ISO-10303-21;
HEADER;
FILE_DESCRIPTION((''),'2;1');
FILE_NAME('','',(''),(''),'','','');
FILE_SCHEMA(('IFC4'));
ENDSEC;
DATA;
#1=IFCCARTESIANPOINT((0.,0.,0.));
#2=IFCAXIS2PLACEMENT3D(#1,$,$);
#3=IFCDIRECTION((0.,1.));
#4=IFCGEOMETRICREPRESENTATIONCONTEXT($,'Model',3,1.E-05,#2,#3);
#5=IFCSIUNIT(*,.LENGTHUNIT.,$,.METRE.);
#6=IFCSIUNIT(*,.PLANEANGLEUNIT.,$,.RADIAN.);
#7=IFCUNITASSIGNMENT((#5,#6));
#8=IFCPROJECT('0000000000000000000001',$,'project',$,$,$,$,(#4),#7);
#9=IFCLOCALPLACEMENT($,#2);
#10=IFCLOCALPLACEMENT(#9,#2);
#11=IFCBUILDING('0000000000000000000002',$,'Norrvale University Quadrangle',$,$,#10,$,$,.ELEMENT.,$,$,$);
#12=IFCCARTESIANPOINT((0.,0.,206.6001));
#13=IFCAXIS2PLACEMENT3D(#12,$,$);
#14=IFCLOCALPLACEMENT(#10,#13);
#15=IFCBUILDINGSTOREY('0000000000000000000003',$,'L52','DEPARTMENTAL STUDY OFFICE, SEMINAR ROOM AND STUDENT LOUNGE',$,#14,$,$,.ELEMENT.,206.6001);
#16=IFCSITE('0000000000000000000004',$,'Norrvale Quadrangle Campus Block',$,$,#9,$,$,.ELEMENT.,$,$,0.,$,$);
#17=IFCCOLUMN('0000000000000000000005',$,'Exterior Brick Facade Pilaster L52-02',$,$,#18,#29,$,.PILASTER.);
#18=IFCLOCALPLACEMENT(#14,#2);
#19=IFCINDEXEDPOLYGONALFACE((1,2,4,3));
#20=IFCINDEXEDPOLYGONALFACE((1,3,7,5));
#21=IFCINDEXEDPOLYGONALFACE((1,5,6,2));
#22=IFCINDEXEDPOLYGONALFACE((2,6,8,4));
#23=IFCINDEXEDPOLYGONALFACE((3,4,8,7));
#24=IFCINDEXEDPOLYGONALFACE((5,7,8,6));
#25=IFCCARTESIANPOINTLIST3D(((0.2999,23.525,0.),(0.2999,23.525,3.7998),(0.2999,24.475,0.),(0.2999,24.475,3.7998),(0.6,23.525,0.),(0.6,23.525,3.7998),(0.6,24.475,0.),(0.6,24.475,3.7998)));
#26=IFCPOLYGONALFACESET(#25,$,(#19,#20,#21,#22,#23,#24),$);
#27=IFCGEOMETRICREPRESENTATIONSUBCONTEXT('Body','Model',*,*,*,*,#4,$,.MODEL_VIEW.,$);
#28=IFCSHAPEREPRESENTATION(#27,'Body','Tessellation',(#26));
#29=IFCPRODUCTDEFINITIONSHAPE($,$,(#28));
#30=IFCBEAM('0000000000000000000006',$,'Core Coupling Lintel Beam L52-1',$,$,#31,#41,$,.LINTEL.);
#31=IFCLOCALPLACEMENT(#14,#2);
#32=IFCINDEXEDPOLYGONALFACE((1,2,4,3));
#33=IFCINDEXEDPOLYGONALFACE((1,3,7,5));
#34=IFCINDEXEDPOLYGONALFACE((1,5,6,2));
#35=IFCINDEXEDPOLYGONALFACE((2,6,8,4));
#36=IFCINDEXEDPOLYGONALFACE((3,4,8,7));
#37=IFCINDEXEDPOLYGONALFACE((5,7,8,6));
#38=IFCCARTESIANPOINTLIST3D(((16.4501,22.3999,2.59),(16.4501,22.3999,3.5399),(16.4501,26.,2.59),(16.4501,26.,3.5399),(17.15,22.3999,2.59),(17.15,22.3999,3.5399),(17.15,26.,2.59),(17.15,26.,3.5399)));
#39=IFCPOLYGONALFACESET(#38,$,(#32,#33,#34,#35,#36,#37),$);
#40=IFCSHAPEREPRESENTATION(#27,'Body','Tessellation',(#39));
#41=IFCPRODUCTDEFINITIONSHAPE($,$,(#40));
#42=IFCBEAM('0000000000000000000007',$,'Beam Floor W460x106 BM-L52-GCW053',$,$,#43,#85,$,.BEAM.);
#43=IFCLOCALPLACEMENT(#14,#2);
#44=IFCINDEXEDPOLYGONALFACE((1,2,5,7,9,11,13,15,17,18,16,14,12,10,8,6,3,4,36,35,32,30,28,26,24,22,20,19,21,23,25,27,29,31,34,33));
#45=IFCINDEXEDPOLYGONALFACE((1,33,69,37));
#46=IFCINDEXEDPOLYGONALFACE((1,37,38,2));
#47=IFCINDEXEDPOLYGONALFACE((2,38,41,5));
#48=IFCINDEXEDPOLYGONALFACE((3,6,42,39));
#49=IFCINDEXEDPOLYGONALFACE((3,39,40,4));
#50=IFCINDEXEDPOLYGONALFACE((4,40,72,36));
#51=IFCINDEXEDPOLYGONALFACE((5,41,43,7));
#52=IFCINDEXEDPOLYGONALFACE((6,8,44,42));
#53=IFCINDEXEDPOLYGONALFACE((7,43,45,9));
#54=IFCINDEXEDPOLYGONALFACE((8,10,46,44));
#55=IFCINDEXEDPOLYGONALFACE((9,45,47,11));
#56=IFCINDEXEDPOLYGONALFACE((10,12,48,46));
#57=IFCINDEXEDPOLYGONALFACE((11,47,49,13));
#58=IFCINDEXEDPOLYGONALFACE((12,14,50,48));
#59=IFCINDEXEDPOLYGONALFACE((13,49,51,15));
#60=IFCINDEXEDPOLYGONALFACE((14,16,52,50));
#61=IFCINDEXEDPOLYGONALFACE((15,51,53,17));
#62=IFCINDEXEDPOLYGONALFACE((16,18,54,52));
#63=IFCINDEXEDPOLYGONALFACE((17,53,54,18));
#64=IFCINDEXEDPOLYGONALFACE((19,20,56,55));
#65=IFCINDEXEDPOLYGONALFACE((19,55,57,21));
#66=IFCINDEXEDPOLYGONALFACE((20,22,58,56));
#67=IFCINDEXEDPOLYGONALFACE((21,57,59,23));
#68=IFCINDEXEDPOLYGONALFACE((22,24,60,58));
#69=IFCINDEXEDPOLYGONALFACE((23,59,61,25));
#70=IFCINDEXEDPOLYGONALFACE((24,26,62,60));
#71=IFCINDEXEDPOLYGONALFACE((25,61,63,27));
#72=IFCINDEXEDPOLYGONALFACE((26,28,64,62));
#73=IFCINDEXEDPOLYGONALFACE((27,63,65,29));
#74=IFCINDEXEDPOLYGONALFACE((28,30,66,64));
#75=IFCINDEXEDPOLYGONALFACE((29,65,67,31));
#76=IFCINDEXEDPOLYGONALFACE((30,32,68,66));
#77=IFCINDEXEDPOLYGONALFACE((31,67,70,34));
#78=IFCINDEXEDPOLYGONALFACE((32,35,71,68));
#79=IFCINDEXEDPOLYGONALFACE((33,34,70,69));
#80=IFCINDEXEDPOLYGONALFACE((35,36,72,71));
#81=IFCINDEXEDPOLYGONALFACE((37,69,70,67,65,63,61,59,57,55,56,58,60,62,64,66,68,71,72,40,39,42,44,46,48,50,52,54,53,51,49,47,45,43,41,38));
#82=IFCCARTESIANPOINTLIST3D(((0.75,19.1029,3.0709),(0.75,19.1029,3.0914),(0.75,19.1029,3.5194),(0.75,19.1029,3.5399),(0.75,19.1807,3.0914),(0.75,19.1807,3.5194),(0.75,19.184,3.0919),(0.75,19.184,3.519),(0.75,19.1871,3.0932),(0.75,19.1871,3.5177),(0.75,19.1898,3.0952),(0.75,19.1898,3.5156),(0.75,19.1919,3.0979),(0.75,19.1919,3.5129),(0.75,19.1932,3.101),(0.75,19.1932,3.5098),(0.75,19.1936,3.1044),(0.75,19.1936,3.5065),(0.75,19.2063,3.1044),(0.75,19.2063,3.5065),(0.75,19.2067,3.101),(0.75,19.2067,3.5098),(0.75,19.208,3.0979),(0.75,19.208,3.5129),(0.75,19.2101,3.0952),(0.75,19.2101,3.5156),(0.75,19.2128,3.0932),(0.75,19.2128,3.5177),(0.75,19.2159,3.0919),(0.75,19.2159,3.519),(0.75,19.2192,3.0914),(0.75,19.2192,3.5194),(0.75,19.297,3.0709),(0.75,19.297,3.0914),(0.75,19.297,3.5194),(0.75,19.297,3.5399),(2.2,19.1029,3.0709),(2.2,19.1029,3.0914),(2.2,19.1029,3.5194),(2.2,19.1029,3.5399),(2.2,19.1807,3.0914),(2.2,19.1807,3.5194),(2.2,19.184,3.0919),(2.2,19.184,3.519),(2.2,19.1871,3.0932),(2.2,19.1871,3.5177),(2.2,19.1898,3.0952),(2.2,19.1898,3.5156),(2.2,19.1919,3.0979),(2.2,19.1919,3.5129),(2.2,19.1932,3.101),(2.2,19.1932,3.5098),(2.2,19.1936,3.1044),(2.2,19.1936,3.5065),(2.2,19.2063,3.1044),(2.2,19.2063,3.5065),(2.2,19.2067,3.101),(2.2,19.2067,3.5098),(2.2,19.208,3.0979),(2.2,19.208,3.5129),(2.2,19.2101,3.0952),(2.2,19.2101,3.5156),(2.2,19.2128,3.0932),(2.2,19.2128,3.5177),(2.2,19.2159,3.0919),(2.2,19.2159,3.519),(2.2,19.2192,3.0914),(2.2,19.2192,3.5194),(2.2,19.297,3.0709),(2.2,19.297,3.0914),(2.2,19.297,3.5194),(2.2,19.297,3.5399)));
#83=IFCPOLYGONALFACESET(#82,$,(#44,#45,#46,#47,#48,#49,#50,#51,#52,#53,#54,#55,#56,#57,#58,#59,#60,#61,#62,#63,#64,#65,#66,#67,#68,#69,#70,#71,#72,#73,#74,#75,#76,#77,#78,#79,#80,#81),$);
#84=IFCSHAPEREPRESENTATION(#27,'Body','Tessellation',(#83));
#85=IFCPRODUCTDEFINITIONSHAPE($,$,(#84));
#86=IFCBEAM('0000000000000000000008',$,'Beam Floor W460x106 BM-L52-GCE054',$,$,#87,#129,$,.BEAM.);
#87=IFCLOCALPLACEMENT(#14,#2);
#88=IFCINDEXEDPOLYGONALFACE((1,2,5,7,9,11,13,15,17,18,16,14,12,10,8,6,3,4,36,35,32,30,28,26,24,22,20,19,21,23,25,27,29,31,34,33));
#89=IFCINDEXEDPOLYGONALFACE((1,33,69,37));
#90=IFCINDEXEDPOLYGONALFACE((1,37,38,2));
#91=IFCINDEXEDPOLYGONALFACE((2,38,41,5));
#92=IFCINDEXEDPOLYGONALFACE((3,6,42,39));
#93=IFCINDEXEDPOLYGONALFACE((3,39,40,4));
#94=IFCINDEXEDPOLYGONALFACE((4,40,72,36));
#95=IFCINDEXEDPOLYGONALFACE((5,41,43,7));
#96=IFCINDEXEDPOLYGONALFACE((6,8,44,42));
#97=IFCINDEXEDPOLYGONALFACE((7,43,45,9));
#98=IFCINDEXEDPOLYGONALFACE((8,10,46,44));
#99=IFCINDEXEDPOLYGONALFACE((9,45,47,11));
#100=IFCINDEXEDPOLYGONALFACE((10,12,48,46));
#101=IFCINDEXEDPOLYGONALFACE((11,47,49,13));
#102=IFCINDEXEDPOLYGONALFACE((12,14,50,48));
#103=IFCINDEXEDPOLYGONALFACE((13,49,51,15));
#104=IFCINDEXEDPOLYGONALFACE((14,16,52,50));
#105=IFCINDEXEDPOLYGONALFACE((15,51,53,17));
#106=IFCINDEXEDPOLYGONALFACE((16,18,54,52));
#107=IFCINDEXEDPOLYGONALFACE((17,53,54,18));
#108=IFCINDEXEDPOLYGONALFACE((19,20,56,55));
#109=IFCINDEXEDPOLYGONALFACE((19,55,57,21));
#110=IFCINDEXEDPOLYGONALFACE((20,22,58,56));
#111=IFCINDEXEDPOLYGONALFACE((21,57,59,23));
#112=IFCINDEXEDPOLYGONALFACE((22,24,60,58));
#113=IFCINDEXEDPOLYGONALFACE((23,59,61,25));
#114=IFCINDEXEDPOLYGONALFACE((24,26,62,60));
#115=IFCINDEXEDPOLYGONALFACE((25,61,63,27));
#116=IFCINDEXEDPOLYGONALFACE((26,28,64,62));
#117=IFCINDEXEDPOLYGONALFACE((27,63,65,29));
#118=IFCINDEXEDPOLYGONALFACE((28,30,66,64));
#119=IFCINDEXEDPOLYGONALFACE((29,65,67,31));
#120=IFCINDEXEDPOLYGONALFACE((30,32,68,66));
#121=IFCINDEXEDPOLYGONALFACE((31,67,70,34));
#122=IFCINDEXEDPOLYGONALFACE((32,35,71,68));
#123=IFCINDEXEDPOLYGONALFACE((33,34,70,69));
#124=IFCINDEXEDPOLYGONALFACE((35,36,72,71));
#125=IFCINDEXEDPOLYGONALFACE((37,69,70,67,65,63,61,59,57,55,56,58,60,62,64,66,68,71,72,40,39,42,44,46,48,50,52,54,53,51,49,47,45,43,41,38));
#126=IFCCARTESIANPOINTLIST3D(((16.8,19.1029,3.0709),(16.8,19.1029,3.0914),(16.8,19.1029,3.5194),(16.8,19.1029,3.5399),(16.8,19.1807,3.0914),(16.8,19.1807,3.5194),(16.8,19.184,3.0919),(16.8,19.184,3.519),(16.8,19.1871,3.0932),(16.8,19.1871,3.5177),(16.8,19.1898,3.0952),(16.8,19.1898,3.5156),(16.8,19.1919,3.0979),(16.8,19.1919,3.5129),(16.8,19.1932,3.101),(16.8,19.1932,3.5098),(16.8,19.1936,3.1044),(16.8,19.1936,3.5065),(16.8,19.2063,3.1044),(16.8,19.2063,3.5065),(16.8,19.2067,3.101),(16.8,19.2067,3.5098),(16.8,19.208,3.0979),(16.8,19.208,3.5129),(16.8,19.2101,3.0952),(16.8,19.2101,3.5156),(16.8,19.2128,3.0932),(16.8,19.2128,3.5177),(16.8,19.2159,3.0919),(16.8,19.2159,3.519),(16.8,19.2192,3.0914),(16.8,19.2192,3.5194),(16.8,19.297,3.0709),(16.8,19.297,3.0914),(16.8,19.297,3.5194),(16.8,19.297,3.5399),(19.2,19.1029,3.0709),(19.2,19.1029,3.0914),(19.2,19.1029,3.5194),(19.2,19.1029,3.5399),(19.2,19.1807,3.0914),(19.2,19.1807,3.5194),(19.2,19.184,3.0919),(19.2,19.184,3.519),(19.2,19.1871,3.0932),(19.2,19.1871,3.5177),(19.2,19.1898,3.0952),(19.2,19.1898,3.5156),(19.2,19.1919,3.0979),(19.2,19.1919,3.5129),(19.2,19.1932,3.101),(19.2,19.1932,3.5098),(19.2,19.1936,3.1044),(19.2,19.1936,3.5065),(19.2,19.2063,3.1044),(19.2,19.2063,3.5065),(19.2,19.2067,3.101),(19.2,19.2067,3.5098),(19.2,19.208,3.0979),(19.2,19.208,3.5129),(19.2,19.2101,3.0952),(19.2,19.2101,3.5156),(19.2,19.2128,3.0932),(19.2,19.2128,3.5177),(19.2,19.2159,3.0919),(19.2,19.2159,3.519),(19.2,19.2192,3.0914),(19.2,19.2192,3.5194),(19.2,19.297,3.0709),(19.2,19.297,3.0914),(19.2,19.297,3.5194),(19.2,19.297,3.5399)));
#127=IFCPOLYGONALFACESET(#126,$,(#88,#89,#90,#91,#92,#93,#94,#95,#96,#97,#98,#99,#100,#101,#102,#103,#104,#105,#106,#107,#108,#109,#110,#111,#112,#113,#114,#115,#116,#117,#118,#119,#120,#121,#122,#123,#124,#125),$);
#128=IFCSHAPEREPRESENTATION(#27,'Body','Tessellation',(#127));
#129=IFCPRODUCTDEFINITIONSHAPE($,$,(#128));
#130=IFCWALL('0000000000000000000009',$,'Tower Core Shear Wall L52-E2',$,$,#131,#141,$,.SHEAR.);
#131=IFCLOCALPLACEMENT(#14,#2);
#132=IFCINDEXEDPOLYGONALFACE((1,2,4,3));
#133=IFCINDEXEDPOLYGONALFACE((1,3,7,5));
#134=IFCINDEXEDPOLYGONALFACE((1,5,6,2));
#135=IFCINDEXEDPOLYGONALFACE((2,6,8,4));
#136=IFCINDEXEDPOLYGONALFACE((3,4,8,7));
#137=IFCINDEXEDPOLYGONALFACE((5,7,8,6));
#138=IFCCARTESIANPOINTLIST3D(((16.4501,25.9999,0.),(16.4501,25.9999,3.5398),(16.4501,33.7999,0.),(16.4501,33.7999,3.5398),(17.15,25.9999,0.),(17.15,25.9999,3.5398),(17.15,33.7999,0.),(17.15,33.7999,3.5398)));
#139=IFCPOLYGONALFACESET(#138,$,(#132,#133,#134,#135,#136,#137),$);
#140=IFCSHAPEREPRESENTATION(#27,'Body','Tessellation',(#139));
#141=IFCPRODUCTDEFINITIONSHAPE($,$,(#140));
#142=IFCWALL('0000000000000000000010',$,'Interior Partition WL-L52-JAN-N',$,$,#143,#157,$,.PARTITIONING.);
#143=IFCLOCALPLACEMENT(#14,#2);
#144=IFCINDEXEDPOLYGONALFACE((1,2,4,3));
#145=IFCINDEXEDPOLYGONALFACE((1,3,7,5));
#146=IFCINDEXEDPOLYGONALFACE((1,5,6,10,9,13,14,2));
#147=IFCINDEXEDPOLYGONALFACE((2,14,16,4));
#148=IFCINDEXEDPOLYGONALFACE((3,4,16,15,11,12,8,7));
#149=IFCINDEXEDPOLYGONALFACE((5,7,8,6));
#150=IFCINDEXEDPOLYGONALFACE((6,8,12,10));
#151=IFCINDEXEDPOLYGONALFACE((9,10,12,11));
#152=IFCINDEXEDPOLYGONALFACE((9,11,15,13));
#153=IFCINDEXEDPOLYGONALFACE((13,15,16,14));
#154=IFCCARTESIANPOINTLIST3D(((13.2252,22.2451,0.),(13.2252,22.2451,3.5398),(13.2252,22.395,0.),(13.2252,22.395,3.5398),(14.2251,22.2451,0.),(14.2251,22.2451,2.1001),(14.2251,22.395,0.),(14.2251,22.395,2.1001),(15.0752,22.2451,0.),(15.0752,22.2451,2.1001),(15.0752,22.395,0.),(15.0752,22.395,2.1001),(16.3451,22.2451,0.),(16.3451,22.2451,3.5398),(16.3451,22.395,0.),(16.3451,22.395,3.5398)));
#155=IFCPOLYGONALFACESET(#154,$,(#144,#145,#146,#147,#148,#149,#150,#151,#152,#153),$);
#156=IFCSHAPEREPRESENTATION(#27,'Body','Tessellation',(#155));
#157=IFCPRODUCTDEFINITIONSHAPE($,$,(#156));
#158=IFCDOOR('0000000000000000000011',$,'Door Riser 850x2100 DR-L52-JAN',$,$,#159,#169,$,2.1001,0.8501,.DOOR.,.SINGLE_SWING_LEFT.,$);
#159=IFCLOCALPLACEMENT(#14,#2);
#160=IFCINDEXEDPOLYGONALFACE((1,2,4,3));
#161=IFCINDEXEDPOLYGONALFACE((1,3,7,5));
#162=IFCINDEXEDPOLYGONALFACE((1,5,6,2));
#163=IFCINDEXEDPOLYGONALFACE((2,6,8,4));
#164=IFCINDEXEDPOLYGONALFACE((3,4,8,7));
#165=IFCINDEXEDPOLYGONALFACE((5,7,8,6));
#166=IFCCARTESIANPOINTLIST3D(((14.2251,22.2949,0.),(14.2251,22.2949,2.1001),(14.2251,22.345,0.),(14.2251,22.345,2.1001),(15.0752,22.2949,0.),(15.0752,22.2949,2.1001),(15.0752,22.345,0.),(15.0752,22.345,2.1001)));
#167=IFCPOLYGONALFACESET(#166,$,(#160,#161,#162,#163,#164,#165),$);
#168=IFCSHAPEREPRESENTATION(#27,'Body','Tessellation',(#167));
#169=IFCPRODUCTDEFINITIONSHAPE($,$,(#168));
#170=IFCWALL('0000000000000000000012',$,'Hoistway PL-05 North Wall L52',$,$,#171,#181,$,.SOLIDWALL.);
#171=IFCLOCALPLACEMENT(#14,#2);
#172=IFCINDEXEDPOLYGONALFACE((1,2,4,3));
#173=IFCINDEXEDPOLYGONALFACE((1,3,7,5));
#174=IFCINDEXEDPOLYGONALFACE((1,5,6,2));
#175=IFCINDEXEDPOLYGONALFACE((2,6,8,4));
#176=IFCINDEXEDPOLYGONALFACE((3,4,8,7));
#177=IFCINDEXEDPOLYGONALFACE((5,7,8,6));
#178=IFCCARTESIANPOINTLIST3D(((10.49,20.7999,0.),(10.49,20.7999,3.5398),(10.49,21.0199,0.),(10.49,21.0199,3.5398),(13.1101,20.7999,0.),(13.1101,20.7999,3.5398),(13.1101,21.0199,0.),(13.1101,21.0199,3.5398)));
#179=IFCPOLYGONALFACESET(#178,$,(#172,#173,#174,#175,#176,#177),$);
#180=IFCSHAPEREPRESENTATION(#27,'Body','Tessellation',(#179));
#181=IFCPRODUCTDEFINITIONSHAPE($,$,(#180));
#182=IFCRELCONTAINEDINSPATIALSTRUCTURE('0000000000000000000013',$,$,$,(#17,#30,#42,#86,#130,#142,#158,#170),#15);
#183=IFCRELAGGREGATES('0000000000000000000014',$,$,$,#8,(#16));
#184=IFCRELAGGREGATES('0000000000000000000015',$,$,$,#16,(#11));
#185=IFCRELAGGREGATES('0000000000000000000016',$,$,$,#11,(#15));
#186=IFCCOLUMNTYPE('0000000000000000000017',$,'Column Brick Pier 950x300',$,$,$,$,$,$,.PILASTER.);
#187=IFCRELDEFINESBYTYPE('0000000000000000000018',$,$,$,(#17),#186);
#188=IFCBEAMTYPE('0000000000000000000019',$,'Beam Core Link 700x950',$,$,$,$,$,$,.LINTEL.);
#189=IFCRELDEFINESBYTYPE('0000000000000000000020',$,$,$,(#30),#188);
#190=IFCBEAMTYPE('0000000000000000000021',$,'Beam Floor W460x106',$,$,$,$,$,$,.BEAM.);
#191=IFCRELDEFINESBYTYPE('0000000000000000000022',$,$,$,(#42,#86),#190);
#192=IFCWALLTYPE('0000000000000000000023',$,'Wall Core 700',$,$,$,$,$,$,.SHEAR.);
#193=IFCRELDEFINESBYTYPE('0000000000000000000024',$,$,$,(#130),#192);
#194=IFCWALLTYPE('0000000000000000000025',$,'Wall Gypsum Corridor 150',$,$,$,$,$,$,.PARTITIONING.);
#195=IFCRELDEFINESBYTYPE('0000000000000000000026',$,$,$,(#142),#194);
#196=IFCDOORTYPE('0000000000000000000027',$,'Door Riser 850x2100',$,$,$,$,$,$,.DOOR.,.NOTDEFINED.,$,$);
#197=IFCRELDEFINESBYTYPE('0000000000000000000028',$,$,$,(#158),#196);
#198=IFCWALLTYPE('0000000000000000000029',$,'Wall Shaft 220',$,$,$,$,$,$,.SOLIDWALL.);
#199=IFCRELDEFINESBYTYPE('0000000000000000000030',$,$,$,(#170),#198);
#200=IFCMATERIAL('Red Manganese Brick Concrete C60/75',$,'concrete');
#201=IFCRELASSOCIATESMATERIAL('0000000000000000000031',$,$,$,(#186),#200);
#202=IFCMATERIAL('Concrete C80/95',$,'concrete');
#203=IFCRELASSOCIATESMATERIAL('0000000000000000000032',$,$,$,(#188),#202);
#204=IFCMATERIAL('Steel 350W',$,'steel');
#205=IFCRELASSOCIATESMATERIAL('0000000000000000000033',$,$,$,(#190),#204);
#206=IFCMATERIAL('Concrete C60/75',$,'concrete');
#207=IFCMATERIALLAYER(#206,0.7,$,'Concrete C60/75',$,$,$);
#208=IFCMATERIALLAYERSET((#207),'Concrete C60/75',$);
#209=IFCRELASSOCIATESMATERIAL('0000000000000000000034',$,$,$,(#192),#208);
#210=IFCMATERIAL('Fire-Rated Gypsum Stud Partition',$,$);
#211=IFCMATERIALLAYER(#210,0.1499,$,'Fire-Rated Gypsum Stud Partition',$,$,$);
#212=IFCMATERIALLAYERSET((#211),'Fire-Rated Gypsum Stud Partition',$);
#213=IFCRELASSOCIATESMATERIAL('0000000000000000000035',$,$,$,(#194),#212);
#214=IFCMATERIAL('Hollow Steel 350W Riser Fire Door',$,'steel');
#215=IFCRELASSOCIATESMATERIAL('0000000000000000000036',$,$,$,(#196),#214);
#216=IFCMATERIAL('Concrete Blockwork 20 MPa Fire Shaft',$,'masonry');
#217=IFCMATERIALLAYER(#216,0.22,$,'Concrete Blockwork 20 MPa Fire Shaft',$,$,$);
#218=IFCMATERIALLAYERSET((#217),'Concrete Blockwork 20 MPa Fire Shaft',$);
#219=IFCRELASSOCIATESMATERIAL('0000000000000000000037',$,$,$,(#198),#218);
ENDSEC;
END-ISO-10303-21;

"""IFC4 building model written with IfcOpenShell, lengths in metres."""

from ifc_helpers import new_model, si_unit, direction, frame, frame_2d, origin, origin_2d, place, context, subcontext, project, spatial, rectangle, i_section, extrude, material, layer, layer_set, material_profile, profile_set, type_object, element, fill, save


model = new_model("IFC4")

# Units and contexts
model_context = context("Model", 3, precision=1e-05, world=origin(), true_north=direction((0.0, 1.0)))
body_context = subcontext(model_context, "Body", "Model", "MODEL_VIEW")
ifc_project = project(units=[si_unit("LENGTHUNIT", "METRE"), si_unit("PLANEANGLEUNIT", "RADIAN")], contexts=[model_context])

# Site, building, storey
site_placement = place(None, origin())
site = spatial("IfcSite", under=ifc_project, at=site_placement, Name="Norrvale Quadrangle Campus Block", CompositionType="ELEMENT", RefElevation=0.0)
building_placement = place(site_placement, origin())
building = spatial("IfcBuilding", under=site, at=building_placement, Name="Norrvale University Quadrangle", CompositionType="ELEMENT")
storey_placement = place(building_placement, frame((0.0, 0.0, 206.6001)))
storey = spatial("IfcBuildingStorey", under=building, at=storey_placement, Name="L52", Description="DEPARTMENTAL STUDY OFFICE, SEMINAR ROOM AND STUDENT LOUNGE", CompositionType="ELEMENT", Elevation=206.6001)

# Column
ifc_material_1 = material(Name="Red Manganese Brick Concrete C60/75", Category="concrete")
ifc_material_profile_1 = material_profile(ifc_material_1, rectangle(XDim=0.95, YDim=0.3, at=origin_2d()), Name="Red Manganese Brick Concrete C60/75")
ifc_profile_set_1 = profile_set([ifc_material_profile_1], Name="Red Manganese Brick Concrete C60/75")
column_type = type_object("IfcColumnType", Name="Column Brick Pier 950x300", PredefinedType="PILASTER", material=ifc_profile_set_1)
column_placement = place(storey_placement, frame((0.45, 24.0, 0.0), z_axis=(0.0, 0.0, 1.0), x_axis=(0.0, 1.0, 0.0)))
element("IfcColumn", 1, at=column_placement, inside=storey, type_object=column_type, Name="Exterior Brick Facade Pilaster L52-02", PredefinedType="PILASTER", context=body_context, shape_type="SweptSolid", body=[
    extrude(rectangle(XDim=0.95, YDim=0.3, at=origin_2d()), origin(), (0.0, 0.0, 1.0), 3.7998),
])

# Beams
ifc_material_2 = material(Name="Concrete C80/95", Category="concrete")
ifc_material_profile_2 = material_profile(ifc_material_2, rectangle(XDim=0.7, YDim=0.95, at=origin_2d()), Name="Concrete C80/95")
ifc_profile_set_2 = profile_set([ifc_material_profile_2], Name="Concrete C80/95")
beam_type_1 = type_object("IfcBeamType", Name="Beam Core Link 700x950", PredefinedType="LINTEL", material=ifc_profile_set_2)
beam_1_placement = place(storey_placement, frame((16.8, 22.3999, 3.0649), z_axis=(0.0, 1.0, 0.0), x_axis=(-1.0, 0.0, 0.0)))
element("IfcBeam", 2, at=beam_1_placement, inside=storey, type_object=beam_type_1, Name="Core Coupling Lintel Beam L52-1", PredefinedType="LINTEL", context=body_context, shape_type="SweptSolid", body=[
    extrude(rectangle(XDim=0.7, YDim=0.95, at=origin_2d()), origin(), (0.0, 0.0, 1.0), 3.6001),
])
ifc_material_3 = material(Name="Steel 350W", Category="steel")
ifc_material_profile_3 = material_profile(ifc_material_3, i_section(OverallWidth=0.1941, OverallDepth=0.469, WebThickness=0.0127, FlangeThickness=0.0205, FilletRadius=0.0129, at=origin_2d()), Name="Steel 350W")
ifc_profile_set_3 = profile_set([ifc_material_profile_3], Name="Steel 350W")
beam_type_2 = type_object("IfcBeamType", Name="Beam Floor W460x106", PredefinedType="BEAM", material=ifc_profile_set_3)
beam_2_placement = place(storey_placement, frame((0.75, 19.2, 3.3054), z_axis=(1.0, 0.0, 0.0), x_axis=(0.0, 1.0, 0.0)))
element("IfcBeam", 3, at=beam_2_placement, inside=storey, type_object=beam_type_2, Name="Beam Floor W460x106 BM-L52-GCW053", PredefinedType="BEAM", context=body_context, shape_type="SweptSolid", body=[
    extrude(i_section(OverallWidth=0.1941, OverallDepth=0.469, WebThickness=0.0127, FlangeThickness=0.0205, FilletRadius=0.0129, at=origin_2d()), origin(), (0.0, 0.0, 1.0), 1.45),
])
beam_3_placement = place(storey_placement, frame((16.8, 19.2, 3.3054), z_axis=(1.0, 0.0, 0.0), x_axis=(0.0, 1.0, 0.0)))
element("IfcBeam", 4, at=beam_3_placement, inside=storey, type_object=beam_type_2, Name="Beam Floor W460x106 BM-L52-GCE054", PredefinedType="BEAM", context=body_context, shape_type="SweptSolid", body=[
    extrude(i_section(OverallWidth=0.1941, OverallDepth=0.469, WebThickness=0.0127, FlangeThickness=0.0205, FilletRadius=0.0129, at=origin_2d()), origin(), (0.0, 0.0, 1.0), 2.3999),
])

# Wall
ifc_material_4 = material(Name="Concrete C60/75", Category="concrete")
ifc_layer_1 = layer(ifc_material_4, 0.7, Name="Concrete C60/75")
ifc_layer_set_1 = layer_set([ifc_layer_1], Name="Concrete C60/75")
wall_type_1 = type_object("IfcWallType", Name="Wall Core 700", PredefinedType="SHEAR", material=ifc_layer_set_1)
wall_1_placement = place(storey_placement, frame((16.8, 26.0, 0.0), z_axis=(0.0, 0.0, 1.0), x_axis=(0.0, 1.0, 0.0)))
element("IfcWall", 5, at=wall_1_placement, inside=storey, type_object=wall_type_1, Name="Tower Core Shear Wall L52-E2", PredefinedType="SHEAR", context=body_context, shape_type="SweptSolid", body=[
    extrude(rectangle(XDim=7.8, YDim=0.7, at=frame_2d((3.8999, 0.0))), origin(), (0.0, 0.0, 1.0), 3.5398),
])

# Wall, opening, door
ifc_material_5 = material(Name="Fire-Rated Gypsum Stud Partition")
ifc_layer_2 = layer(ifc_material_5, 0.1499, Name="Fire-Rated Gypsum Stud Partition")
ifc_layer_set_2 = layer_set([ifc_layer_2], Name="Fire-Rated Gypsum Stud Partition")
wall_type_2 = type_object("IfcWallType", Name="Wall Gypsum Corridor 150", PredefinedType="PARTITIONING", material=ifc_layer_set_2)
wall_2_placement = place(storey_placement, frame((13.2251, 22.3201, 0.0), z_axis=(0.0, 0.0, 1.0), x_axis=(1.0, 0.0, 0.0)))
wall_2 = element("IfcWall", 6, at=wall_2_placement, inside=storey, type_object=wall_type_2, Name="Interior Partition WL-L52-JAN-N", PredefinedType="PARTITIONING", context=body_context, shape_type="SweptSolid", body=[
    extrude(rectangle(XDim=3.1199, YDim=0.1499, at=frame_2d((1.5601, 0.0))), origin(), (0.0, 0.0, 1.0), 3.5398),
])
opening_1_placement = place(wall_2_placement, frame((1.0, 0.0, 0.0)))
opening_1 = element("IfcOpeningElement", 7, at=opening_1_placement, cuts=wall_2, PredefinedType="OPENING", context=body_context, shape_type="SweptSolid", body=[
    extrude(rectangle(XDim=0.8501, YDim=2.1001, at=frame_2d((0.425, 1.05))), frame((0.0, 0.0869, 0.0), z_axis=(0.0, -1.0, 0.0), x_axis=(1.0, 0.0, 0.0)), (0.0, 0.0, 1.0), 0.1738),
])
ifc_material_6 = material(Name="Hollow Steel 350W Riser Fire Door", Category="steel")
door_type_1 = type_object("IfcDoorType", Name="Door Riser 850x2100", OperationType="NOTDEFINED", PredefinedType="DOOR", material=ifc_material_6)
door_1_placement = place(opening_1_placement, origin())
door_1 = element("IfcDoor", 8, at=door_1_placement, inside=storey, type_object=door_type_1, Name="Door Riser 850x2100 DR-L52-JAN", OperationType="SINGLE_SWING_LEFT", OverallHeight=2.1001, OverallWidth=0.8501, PredefinedType="DOOR", context=body_context, shape_type="SweptSolid", body=[
    extrude(rectangle(XDim=0.8501, YDim=2.1001, at=frame_2d((0.425, 1.05))), frame((0.0, 0.0249, 0.0), z_axis=(0.0, -1.0, 0.0), x_axis=(1.0, 0.0, 0.0)), (0.0, 0.0, 1.0), 0.05),
])
fill(opening_1, door_1)

# Wall
ifc_material_7 = material(Name="Concrete Blockwork 20 MPa Fire Shaft", Category="masonry")
ifc_layer_3 = layer(ifc_material_7, 0.22, Name="Concrete Blockwork 20 MPa Fire Shaft")
ifc_layer_set_3 = layer_set([ifc_layer_3], Name="Concrete Blockwork 20 MPa Fire Shaft")
wall_type_3 = type_object("IfcWallType", Name="Wall Shaft 220", PredefinedType="SOLIDWALL", material=ifc_layer_set_3)
wall_3_placement = place(storey_placement, frame((10.49, 20.9099, 0.0), z_axis=(0.0, 0.0, 1.0), x_axis=(1.0, 0.0, 0.0)))
element("IfcWall", 9, at=wall_3_placement, inside=storey, type_object=wall_type_3, Name="Hoistway PL-05 North Wall L52", PredefinedType="SOLIDWALL", context=body_context, shape_type="SweptSolid", body=[
    extrude(rectangle(XDim=2.6201, YDim=0.22, at=frame_2d((1.3101, 0.0))), origin(), (0.0, 0.0, 1.0), 3.5398),
])

save(model, "model.ifc")
